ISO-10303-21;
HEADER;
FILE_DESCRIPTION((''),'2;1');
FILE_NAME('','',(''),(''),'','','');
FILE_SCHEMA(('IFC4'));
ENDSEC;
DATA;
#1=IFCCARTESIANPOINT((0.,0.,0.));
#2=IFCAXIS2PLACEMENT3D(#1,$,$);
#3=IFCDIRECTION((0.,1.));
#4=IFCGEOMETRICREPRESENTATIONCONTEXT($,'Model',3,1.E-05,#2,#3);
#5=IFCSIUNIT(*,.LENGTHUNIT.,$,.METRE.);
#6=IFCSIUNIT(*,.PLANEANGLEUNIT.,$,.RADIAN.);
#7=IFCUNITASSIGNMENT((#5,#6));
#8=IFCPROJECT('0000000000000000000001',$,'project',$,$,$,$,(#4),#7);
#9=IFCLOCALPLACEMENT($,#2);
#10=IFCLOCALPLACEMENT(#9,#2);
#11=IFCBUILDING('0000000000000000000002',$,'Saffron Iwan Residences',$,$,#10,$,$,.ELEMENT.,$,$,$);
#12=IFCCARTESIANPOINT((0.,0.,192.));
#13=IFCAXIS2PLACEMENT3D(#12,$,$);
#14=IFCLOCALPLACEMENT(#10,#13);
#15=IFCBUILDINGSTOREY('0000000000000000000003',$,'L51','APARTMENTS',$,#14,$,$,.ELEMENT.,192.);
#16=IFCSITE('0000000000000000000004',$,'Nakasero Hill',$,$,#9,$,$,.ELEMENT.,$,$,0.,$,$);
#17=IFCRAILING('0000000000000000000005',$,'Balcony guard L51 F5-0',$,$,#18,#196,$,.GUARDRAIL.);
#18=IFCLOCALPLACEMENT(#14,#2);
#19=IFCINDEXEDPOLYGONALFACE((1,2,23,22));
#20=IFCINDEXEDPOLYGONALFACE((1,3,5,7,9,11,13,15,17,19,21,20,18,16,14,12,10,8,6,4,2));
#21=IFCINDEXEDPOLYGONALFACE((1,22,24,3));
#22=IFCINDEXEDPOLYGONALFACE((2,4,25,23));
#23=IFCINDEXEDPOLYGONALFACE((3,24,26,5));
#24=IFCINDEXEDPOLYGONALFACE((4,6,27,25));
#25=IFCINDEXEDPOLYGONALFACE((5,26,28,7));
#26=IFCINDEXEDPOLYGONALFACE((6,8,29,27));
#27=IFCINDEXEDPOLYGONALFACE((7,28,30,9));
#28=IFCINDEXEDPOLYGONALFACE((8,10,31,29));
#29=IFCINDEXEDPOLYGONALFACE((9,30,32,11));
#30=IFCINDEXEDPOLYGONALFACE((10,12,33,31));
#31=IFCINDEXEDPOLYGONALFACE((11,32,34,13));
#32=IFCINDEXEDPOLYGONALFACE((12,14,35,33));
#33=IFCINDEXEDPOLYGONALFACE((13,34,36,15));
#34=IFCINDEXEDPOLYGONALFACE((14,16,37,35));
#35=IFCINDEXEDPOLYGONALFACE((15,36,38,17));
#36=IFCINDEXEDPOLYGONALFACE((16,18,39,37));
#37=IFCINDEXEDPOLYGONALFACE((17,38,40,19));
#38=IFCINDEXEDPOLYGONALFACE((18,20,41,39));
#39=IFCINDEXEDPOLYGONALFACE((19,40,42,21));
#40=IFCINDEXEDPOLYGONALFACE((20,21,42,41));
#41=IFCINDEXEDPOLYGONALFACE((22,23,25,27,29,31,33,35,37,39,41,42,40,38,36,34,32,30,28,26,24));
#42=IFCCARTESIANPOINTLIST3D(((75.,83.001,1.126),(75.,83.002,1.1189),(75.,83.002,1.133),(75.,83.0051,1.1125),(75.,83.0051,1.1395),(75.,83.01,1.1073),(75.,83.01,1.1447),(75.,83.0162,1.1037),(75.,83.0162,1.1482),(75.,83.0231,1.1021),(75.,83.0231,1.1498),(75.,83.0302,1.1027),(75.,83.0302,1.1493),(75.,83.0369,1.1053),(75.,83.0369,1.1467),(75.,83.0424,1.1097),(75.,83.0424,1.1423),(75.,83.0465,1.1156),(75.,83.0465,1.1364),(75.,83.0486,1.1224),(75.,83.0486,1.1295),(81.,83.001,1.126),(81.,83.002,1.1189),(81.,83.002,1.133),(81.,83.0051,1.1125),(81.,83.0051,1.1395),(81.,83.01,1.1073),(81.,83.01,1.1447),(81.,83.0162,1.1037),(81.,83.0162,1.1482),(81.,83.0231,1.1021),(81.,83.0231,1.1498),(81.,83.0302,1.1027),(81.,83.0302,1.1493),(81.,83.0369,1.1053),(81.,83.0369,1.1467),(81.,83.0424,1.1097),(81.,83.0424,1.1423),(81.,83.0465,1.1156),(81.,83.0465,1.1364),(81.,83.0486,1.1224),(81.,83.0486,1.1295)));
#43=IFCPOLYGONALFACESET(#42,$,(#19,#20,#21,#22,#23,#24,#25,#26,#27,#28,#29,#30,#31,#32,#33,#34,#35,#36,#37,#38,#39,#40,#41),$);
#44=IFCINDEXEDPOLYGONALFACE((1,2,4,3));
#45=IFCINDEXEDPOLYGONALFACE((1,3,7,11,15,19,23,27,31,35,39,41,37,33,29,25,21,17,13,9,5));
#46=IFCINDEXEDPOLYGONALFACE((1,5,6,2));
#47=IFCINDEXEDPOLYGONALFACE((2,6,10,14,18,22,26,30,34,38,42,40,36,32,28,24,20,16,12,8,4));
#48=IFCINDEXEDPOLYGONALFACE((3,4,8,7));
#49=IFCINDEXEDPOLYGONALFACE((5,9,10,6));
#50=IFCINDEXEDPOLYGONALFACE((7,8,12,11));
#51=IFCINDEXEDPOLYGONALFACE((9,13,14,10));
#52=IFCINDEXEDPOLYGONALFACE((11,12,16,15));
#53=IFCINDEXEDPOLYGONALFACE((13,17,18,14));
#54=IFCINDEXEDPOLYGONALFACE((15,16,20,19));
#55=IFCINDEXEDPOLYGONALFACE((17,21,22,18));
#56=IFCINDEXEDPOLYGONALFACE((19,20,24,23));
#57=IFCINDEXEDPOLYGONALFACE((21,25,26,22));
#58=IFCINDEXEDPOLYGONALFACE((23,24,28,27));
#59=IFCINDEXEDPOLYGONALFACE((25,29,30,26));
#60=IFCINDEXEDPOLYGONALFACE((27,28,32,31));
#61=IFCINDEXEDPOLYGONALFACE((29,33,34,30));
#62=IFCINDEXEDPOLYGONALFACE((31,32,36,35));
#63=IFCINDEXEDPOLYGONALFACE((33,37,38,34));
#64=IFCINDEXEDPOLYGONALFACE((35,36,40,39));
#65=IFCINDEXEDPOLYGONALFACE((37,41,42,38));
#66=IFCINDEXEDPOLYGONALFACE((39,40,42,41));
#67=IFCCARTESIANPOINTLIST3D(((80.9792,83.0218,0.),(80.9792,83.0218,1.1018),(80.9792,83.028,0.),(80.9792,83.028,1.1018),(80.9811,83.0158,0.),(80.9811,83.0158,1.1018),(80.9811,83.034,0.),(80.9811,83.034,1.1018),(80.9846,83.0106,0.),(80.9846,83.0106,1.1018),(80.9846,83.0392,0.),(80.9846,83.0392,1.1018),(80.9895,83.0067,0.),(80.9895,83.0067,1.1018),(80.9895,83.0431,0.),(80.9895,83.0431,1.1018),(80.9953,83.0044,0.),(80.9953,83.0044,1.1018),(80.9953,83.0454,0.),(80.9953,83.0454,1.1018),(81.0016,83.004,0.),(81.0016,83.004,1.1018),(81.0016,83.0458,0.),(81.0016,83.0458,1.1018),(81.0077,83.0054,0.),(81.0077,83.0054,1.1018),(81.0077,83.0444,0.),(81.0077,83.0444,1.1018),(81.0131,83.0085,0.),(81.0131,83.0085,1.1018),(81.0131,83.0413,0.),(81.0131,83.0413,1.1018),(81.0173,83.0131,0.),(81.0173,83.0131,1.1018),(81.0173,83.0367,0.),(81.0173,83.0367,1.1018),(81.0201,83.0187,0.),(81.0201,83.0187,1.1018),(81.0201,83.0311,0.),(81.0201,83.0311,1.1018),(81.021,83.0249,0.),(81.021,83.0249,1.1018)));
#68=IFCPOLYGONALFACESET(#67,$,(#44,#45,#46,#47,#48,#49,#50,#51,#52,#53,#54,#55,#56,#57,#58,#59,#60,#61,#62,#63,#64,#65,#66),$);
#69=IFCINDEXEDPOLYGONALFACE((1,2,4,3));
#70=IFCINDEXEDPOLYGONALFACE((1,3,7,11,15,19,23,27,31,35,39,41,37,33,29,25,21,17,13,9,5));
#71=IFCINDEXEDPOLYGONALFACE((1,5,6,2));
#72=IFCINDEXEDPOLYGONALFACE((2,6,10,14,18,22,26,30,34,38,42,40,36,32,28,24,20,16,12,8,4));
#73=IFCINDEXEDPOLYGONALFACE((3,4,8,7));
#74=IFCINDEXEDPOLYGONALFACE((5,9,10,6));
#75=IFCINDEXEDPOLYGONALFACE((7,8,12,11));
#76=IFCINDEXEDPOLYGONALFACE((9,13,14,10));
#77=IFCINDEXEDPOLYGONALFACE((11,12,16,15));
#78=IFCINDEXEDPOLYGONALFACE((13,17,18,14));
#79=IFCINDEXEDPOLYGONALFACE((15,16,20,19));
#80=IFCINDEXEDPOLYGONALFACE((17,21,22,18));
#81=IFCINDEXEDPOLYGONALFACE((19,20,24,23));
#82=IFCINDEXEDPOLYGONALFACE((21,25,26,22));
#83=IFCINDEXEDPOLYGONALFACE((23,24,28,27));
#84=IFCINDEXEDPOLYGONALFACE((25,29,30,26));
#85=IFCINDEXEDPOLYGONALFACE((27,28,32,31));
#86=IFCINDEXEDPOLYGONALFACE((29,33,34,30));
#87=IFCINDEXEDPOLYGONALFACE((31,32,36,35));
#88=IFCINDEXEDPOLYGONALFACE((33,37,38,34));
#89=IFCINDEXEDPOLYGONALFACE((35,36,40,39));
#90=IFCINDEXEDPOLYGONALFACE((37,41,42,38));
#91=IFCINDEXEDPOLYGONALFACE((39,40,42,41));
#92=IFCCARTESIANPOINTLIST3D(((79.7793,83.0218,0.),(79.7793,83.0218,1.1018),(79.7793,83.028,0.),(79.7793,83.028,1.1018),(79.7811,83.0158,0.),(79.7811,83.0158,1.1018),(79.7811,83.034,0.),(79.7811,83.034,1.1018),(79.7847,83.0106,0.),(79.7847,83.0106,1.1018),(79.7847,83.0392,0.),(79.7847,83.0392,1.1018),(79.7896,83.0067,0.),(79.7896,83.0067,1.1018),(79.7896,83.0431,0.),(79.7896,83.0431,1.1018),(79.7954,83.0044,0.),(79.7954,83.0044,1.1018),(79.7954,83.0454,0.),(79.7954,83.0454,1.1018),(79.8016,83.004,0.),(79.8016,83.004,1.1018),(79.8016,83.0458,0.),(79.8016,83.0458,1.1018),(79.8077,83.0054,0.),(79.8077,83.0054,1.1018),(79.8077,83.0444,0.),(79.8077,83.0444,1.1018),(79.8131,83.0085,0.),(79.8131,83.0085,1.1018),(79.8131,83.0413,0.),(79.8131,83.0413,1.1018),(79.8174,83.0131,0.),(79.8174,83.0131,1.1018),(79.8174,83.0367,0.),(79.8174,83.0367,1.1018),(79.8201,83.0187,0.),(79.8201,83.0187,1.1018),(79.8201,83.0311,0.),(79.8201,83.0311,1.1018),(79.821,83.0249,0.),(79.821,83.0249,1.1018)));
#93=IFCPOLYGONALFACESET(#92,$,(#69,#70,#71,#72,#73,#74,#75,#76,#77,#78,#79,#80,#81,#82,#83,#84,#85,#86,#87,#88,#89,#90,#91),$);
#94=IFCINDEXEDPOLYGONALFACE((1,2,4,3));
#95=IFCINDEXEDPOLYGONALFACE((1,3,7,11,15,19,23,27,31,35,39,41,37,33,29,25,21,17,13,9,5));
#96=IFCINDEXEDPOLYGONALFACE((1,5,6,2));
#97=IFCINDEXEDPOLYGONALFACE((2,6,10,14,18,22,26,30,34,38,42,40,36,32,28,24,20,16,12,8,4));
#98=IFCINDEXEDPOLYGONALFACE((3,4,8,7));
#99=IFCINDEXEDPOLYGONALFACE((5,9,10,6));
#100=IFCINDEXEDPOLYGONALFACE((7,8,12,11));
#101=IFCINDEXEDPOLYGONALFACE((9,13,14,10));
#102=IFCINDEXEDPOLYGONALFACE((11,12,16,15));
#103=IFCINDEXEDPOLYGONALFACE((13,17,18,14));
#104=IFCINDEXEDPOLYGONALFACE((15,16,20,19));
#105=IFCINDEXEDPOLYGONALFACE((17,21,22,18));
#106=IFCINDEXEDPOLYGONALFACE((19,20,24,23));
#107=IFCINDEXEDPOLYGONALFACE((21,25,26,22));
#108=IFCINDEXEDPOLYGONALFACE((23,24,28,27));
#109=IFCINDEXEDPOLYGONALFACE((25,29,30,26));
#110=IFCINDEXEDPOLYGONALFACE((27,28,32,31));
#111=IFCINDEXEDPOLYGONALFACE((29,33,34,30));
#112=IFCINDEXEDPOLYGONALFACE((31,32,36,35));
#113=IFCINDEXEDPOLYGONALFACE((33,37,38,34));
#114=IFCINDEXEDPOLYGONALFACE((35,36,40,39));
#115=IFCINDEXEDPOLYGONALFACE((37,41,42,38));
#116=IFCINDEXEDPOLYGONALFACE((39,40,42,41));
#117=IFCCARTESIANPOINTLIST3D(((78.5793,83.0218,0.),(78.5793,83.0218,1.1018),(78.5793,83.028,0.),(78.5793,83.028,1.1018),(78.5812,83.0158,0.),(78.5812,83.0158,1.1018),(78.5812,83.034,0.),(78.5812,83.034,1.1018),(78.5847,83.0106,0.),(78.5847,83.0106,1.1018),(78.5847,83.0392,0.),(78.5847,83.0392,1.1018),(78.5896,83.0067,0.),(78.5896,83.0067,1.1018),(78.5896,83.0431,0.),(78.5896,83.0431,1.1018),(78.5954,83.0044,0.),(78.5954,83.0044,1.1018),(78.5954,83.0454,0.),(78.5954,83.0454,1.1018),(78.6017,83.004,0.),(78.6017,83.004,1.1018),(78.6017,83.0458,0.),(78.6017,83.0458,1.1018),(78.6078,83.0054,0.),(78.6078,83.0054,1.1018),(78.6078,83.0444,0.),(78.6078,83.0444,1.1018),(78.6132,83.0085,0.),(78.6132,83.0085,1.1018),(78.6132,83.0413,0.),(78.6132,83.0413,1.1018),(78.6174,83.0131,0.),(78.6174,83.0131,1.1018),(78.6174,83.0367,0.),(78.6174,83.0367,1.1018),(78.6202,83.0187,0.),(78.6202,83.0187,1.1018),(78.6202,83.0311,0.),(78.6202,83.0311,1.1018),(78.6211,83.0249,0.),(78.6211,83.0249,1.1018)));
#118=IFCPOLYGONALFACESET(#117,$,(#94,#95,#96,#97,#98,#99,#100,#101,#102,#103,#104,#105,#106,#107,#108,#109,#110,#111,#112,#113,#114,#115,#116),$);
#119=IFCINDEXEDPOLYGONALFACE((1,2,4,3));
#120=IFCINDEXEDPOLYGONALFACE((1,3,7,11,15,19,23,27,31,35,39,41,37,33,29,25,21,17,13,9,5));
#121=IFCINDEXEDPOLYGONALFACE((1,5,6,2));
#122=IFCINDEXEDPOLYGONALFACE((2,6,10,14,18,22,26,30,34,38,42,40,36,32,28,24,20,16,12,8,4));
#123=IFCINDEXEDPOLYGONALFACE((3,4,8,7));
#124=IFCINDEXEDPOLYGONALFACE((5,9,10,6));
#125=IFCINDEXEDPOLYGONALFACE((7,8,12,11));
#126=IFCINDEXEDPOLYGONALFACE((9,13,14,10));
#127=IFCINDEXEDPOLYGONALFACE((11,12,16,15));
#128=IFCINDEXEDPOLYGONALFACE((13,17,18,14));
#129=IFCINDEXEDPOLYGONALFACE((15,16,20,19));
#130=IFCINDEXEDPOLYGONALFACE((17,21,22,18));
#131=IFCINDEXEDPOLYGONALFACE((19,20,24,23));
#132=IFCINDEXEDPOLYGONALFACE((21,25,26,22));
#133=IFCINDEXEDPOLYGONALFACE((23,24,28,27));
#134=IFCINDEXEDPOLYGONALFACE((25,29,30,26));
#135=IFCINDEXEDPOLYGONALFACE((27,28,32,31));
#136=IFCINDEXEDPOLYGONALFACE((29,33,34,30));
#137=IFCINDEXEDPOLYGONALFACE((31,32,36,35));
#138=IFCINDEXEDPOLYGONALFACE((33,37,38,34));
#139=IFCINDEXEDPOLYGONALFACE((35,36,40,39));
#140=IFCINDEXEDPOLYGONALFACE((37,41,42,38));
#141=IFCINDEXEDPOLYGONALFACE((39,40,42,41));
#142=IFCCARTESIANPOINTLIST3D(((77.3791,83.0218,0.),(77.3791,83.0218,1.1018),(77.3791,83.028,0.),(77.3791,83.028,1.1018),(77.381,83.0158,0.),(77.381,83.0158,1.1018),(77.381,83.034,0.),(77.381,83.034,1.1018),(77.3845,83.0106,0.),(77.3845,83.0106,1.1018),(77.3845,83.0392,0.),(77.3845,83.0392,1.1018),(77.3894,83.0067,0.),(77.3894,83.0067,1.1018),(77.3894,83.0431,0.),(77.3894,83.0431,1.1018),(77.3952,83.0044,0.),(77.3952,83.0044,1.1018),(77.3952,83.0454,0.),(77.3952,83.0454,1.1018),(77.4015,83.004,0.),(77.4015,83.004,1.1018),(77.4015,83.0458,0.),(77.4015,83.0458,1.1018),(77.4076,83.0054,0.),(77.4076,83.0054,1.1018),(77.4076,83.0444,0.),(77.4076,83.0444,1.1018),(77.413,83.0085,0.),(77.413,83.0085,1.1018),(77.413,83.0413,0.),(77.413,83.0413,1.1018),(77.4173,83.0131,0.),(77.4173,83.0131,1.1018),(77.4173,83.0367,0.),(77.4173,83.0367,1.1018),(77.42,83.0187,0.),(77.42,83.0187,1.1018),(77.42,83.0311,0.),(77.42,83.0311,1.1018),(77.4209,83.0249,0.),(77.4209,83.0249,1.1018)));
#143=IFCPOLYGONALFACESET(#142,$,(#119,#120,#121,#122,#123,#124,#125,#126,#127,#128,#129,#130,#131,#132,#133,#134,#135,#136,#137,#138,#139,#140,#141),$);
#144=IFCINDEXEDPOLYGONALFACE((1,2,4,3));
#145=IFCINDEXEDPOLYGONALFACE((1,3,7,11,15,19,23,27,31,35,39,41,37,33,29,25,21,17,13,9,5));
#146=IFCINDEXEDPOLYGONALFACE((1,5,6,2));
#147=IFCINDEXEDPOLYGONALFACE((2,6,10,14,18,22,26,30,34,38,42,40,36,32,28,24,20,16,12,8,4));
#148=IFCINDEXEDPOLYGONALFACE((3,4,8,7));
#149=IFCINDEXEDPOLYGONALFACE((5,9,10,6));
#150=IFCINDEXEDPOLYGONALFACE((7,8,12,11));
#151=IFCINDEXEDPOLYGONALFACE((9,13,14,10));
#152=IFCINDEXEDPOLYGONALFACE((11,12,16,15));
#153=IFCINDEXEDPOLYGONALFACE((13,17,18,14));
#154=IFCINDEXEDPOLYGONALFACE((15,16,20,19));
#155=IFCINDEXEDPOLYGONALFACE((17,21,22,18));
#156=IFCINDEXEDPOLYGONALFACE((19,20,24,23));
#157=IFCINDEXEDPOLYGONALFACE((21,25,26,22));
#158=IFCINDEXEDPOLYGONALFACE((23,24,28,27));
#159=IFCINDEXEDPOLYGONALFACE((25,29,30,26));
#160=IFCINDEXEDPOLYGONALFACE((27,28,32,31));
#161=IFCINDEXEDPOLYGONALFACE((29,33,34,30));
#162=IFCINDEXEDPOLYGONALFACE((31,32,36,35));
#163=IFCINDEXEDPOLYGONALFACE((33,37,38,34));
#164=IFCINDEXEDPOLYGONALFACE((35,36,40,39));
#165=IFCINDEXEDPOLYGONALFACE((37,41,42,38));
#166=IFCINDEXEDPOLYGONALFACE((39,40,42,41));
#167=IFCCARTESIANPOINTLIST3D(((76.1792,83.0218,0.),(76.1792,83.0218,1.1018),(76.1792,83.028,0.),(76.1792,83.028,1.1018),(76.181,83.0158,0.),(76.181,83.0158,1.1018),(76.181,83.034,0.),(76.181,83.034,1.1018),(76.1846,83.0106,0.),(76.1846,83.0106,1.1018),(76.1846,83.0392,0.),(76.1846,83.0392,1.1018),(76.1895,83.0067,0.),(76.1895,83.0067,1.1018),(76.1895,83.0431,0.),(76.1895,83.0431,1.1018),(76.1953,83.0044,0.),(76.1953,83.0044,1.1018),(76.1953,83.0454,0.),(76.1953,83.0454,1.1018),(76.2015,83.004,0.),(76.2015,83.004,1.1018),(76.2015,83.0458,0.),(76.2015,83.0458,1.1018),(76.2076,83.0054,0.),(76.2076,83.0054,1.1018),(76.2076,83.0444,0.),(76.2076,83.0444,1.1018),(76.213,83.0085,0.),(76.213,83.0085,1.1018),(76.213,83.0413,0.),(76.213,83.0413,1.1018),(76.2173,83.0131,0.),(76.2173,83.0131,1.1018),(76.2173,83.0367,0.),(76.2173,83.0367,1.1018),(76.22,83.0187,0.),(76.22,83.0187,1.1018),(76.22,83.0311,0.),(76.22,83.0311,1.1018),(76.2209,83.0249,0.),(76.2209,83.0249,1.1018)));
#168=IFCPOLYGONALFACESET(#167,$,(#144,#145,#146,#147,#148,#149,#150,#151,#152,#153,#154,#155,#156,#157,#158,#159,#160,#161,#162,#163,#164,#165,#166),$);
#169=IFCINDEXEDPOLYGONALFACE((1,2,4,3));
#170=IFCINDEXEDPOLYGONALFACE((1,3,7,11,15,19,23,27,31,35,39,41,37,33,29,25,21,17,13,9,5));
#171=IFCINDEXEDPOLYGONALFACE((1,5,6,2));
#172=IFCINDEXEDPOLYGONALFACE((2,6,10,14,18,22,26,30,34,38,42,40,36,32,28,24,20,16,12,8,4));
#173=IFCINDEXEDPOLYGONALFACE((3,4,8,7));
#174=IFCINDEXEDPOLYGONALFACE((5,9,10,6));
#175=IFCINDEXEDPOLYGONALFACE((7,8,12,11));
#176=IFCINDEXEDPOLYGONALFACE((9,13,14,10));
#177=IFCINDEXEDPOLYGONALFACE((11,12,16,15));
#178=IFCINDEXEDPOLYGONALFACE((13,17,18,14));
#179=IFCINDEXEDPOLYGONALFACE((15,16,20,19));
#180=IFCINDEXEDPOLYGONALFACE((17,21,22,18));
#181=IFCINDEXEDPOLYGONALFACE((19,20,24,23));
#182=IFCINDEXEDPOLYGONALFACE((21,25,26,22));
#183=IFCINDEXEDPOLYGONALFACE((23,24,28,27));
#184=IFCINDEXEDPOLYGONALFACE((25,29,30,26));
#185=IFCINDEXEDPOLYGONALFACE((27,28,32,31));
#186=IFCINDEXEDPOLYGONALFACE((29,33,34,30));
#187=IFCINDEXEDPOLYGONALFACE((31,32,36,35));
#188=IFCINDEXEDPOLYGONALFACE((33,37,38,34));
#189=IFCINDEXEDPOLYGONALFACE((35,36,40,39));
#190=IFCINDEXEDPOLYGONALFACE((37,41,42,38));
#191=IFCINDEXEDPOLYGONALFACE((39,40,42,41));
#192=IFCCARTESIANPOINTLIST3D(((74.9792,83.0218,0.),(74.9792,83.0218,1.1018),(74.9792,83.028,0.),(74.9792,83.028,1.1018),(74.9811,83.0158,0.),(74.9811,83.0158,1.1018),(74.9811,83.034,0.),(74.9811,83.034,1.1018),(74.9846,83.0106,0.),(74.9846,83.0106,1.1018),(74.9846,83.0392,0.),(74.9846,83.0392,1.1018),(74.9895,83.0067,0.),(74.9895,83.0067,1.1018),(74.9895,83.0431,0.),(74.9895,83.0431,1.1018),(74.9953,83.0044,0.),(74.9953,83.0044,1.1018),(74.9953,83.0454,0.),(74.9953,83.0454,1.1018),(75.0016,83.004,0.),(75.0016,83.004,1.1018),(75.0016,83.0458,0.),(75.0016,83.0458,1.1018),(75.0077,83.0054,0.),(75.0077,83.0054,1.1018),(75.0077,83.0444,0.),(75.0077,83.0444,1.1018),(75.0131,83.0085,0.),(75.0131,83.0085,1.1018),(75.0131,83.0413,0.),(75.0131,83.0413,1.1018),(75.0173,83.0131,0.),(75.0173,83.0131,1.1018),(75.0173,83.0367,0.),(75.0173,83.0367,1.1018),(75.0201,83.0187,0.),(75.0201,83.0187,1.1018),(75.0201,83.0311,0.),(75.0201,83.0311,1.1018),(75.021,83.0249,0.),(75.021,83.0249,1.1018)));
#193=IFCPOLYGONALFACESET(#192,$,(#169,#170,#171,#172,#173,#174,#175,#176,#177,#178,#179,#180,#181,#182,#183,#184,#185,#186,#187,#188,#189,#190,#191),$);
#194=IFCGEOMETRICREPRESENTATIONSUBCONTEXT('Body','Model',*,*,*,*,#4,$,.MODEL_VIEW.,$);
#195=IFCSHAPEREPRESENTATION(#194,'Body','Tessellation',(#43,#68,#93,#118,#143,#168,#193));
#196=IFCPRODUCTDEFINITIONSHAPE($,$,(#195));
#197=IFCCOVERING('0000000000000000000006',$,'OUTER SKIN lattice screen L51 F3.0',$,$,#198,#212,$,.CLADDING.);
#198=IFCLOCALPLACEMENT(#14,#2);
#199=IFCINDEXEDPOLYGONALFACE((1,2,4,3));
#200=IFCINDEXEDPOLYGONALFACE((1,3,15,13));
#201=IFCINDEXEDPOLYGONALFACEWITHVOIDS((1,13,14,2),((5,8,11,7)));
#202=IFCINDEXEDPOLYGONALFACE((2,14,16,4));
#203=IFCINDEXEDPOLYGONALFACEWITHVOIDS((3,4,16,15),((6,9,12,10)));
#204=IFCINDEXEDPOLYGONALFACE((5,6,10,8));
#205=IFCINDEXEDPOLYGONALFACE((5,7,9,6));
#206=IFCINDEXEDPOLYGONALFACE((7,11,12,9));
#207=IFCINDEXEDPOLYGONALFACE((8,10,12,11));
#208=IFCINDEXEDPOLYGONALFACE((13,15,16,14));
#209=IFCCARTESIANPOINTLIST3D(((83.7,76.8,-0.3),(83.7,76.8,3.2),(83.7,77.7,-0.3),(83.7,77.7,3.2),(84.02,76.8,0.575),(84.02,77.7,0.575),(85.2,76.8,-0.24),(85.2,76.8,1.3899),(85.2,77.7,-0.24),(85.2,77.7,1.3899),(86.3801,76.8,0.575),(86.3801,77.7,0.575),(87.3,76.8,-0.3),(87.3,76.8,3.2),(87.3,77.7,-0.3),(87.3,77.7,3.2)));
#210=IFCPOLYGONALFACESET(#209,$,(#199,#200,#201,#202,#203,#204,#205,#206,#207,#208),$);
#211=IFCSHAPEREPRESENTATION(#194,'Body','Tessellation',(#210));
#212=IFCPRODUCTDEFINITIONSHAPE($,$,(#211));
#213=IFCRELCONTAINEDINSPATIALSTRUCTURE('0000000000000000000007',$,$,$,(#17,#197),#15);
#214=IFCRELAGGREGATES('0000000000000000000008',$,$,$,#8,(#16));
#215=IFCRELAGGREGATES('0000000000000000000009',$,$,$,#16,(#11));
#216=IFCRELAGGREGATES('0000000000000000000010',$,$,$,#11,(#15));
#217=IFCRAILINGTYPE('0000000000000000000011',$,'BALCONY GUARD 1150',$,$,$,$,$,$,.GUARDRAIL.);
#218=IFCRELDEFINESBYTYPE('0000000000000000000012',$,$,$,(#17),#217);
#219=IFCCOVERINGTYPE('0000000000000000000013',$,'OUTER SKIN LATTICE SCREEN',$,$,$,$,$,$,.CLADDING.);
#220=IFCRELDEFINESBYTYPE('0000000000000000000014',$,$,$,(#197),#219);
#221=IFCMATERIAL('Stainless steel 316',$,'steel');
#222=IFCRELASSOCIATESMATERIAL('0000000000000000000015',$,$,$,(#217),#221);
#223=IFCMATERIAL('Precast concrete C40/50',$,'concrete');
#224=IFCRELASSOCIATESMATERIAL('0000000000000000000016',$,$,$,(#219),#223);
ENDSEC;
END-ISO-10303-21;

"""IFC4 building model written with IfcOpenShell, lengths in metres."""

from ifc_helpers import new_model, si_unit, direction, frame, origin, origin_2d, place, context, subcontext, project, spatial, polyline, circle, outline, extrude, material, type_object, element, save


model = new_model("IFC4")

# Units and contexts
model_context = context("Model", 3, precision=1e-05, world=origin(), true_north=direction((0.0, 1.0)))
body_context = subcontext(model_context, "Body", "Model", "MODEL_VIEW")
ifc_project = project(units=[si_unit("LENGTHUNIT", "METRE"), si_unit("PLANEANGLEUNIT", "RADIAN")], contexts=[model_context])

# Site, building, storey
site_placement = place(None, origin())
site = spatial("IfcSite", under=ifc_project, at=site_placement, Name="Nakasero Hill", CompositionType="ELEMENT", RefElevation=0.0)
building_placement = place(site_placement, origin())
building = spatial("IfcBuilding", under=site, at=building_placement, Name="Saffron Iwan Residences", CompositionType="ELEMENT")
storey_placement = place(building_placement, frame((0.0, 0.0, 192.0)))
storey = spatial("IfcBuildingStorey", under=building, at=storey_placement, Name="L51", Description="APARTMENTS", CompositionType="ELEMENT", Elevation=192.0)

# Railing
ifc_material_1 = material(Name="Stainless steel 316", Category="steel")
railing_type = type_object("IfcRailingType", Name="BALCONY GUARD 1150", PredefinedType="GUARDRAIL", material=ifc_material_1)
railing_placement = place(storey_placement, frame((81.0, 83.0249, 0.0)))
element("IfcRailing", 1, at=railing_placement, inside=storey, type_object=railing_type, Name="Balcony guard L51 F5-0", PredefinedType="GUARDRAIL", context=body_context, shape_type="SweptSolid", body=[
    extrude(circle(Radius=0.0239, at=origin_2d()), frame((0.0, 0.0, 1.126), z_axis=(-1.0, 0.0, 0.0), x_axis=(0.0, -1.0, 0.0)), (0.0, 0.0, 1.0), 6.0),
    extrude(circle(Radius=0.021, at=origin_2d()), origin(), (0.0, 0.0, 1.0), 1.1018),
    extrude(circle(Radius=0.021, at=origin_2d()), frame((-1.2, 0.0, 0.0)), (0.0, 0.0, 1.0), 1.1018),
    extrude(circle(Radius=0.021, at=origin_2d()), frame((-2.3999, 0.0, 0.0)), (0.0, 0.0, 1.0), 1.1018),
    extrude(circle(Radius=0.021, at=origin_2d()), frame((-3.6001, 0.0, 0.0)), (0.0, 0.0, 1.0), 1.1018),
    extrude(circle(Radius=0.021, at=origin_2d()), frame((-4.8, 0.0, 0.0)), (0.0, 0.0, 1.0), 1.1018),
    extrude(circle(Radius=0.021, at=origin_2d()), frame((-6.0, 0.0, 0.0)), (0.0, 0.0, 1.0), 1.1018),
])

# Covering
ifc_material_2 = material(Name="Precast concrete C40/50", Category="concrete")
covering_type_1 = type_object("IfcCoveringType", Name="OUTER SKIN LATTICE SCREEN", PredefinedType="CLADDING", material=ifc_material_2)
covering_1_placement = place(storey_placement, frame((87.3, 76.8, -0.3), z_axis=(0.0, 1.0, 0.0), x_axis=(-1.0, 0.0, 0.0)))
element("IfcCovering", 2, at=covering_1_placement, inside=storey, type_object=covering_type_1, Name="OUTER SKIN lattice screen L51 F3.0", PredefinedType="CLADDING", context=body_context, shape_type="SweptSolid", body=[
    extrude(outline(polyline([(0.0, 0.0), (3.6001, 0.0), (3.6001, 3.5), (0.0, 3.5), (0.0, 0.0)]), holes=[polyline([(0.9199, 0.875), (2.1001, 0.0601), (3.28, 0.875), (2.1001, 1.6899), (0.9199, 0.875)])]), origin(), (0.0, 0.0, 1.0), 0.8999),
])

save(model, "model.ifc")
